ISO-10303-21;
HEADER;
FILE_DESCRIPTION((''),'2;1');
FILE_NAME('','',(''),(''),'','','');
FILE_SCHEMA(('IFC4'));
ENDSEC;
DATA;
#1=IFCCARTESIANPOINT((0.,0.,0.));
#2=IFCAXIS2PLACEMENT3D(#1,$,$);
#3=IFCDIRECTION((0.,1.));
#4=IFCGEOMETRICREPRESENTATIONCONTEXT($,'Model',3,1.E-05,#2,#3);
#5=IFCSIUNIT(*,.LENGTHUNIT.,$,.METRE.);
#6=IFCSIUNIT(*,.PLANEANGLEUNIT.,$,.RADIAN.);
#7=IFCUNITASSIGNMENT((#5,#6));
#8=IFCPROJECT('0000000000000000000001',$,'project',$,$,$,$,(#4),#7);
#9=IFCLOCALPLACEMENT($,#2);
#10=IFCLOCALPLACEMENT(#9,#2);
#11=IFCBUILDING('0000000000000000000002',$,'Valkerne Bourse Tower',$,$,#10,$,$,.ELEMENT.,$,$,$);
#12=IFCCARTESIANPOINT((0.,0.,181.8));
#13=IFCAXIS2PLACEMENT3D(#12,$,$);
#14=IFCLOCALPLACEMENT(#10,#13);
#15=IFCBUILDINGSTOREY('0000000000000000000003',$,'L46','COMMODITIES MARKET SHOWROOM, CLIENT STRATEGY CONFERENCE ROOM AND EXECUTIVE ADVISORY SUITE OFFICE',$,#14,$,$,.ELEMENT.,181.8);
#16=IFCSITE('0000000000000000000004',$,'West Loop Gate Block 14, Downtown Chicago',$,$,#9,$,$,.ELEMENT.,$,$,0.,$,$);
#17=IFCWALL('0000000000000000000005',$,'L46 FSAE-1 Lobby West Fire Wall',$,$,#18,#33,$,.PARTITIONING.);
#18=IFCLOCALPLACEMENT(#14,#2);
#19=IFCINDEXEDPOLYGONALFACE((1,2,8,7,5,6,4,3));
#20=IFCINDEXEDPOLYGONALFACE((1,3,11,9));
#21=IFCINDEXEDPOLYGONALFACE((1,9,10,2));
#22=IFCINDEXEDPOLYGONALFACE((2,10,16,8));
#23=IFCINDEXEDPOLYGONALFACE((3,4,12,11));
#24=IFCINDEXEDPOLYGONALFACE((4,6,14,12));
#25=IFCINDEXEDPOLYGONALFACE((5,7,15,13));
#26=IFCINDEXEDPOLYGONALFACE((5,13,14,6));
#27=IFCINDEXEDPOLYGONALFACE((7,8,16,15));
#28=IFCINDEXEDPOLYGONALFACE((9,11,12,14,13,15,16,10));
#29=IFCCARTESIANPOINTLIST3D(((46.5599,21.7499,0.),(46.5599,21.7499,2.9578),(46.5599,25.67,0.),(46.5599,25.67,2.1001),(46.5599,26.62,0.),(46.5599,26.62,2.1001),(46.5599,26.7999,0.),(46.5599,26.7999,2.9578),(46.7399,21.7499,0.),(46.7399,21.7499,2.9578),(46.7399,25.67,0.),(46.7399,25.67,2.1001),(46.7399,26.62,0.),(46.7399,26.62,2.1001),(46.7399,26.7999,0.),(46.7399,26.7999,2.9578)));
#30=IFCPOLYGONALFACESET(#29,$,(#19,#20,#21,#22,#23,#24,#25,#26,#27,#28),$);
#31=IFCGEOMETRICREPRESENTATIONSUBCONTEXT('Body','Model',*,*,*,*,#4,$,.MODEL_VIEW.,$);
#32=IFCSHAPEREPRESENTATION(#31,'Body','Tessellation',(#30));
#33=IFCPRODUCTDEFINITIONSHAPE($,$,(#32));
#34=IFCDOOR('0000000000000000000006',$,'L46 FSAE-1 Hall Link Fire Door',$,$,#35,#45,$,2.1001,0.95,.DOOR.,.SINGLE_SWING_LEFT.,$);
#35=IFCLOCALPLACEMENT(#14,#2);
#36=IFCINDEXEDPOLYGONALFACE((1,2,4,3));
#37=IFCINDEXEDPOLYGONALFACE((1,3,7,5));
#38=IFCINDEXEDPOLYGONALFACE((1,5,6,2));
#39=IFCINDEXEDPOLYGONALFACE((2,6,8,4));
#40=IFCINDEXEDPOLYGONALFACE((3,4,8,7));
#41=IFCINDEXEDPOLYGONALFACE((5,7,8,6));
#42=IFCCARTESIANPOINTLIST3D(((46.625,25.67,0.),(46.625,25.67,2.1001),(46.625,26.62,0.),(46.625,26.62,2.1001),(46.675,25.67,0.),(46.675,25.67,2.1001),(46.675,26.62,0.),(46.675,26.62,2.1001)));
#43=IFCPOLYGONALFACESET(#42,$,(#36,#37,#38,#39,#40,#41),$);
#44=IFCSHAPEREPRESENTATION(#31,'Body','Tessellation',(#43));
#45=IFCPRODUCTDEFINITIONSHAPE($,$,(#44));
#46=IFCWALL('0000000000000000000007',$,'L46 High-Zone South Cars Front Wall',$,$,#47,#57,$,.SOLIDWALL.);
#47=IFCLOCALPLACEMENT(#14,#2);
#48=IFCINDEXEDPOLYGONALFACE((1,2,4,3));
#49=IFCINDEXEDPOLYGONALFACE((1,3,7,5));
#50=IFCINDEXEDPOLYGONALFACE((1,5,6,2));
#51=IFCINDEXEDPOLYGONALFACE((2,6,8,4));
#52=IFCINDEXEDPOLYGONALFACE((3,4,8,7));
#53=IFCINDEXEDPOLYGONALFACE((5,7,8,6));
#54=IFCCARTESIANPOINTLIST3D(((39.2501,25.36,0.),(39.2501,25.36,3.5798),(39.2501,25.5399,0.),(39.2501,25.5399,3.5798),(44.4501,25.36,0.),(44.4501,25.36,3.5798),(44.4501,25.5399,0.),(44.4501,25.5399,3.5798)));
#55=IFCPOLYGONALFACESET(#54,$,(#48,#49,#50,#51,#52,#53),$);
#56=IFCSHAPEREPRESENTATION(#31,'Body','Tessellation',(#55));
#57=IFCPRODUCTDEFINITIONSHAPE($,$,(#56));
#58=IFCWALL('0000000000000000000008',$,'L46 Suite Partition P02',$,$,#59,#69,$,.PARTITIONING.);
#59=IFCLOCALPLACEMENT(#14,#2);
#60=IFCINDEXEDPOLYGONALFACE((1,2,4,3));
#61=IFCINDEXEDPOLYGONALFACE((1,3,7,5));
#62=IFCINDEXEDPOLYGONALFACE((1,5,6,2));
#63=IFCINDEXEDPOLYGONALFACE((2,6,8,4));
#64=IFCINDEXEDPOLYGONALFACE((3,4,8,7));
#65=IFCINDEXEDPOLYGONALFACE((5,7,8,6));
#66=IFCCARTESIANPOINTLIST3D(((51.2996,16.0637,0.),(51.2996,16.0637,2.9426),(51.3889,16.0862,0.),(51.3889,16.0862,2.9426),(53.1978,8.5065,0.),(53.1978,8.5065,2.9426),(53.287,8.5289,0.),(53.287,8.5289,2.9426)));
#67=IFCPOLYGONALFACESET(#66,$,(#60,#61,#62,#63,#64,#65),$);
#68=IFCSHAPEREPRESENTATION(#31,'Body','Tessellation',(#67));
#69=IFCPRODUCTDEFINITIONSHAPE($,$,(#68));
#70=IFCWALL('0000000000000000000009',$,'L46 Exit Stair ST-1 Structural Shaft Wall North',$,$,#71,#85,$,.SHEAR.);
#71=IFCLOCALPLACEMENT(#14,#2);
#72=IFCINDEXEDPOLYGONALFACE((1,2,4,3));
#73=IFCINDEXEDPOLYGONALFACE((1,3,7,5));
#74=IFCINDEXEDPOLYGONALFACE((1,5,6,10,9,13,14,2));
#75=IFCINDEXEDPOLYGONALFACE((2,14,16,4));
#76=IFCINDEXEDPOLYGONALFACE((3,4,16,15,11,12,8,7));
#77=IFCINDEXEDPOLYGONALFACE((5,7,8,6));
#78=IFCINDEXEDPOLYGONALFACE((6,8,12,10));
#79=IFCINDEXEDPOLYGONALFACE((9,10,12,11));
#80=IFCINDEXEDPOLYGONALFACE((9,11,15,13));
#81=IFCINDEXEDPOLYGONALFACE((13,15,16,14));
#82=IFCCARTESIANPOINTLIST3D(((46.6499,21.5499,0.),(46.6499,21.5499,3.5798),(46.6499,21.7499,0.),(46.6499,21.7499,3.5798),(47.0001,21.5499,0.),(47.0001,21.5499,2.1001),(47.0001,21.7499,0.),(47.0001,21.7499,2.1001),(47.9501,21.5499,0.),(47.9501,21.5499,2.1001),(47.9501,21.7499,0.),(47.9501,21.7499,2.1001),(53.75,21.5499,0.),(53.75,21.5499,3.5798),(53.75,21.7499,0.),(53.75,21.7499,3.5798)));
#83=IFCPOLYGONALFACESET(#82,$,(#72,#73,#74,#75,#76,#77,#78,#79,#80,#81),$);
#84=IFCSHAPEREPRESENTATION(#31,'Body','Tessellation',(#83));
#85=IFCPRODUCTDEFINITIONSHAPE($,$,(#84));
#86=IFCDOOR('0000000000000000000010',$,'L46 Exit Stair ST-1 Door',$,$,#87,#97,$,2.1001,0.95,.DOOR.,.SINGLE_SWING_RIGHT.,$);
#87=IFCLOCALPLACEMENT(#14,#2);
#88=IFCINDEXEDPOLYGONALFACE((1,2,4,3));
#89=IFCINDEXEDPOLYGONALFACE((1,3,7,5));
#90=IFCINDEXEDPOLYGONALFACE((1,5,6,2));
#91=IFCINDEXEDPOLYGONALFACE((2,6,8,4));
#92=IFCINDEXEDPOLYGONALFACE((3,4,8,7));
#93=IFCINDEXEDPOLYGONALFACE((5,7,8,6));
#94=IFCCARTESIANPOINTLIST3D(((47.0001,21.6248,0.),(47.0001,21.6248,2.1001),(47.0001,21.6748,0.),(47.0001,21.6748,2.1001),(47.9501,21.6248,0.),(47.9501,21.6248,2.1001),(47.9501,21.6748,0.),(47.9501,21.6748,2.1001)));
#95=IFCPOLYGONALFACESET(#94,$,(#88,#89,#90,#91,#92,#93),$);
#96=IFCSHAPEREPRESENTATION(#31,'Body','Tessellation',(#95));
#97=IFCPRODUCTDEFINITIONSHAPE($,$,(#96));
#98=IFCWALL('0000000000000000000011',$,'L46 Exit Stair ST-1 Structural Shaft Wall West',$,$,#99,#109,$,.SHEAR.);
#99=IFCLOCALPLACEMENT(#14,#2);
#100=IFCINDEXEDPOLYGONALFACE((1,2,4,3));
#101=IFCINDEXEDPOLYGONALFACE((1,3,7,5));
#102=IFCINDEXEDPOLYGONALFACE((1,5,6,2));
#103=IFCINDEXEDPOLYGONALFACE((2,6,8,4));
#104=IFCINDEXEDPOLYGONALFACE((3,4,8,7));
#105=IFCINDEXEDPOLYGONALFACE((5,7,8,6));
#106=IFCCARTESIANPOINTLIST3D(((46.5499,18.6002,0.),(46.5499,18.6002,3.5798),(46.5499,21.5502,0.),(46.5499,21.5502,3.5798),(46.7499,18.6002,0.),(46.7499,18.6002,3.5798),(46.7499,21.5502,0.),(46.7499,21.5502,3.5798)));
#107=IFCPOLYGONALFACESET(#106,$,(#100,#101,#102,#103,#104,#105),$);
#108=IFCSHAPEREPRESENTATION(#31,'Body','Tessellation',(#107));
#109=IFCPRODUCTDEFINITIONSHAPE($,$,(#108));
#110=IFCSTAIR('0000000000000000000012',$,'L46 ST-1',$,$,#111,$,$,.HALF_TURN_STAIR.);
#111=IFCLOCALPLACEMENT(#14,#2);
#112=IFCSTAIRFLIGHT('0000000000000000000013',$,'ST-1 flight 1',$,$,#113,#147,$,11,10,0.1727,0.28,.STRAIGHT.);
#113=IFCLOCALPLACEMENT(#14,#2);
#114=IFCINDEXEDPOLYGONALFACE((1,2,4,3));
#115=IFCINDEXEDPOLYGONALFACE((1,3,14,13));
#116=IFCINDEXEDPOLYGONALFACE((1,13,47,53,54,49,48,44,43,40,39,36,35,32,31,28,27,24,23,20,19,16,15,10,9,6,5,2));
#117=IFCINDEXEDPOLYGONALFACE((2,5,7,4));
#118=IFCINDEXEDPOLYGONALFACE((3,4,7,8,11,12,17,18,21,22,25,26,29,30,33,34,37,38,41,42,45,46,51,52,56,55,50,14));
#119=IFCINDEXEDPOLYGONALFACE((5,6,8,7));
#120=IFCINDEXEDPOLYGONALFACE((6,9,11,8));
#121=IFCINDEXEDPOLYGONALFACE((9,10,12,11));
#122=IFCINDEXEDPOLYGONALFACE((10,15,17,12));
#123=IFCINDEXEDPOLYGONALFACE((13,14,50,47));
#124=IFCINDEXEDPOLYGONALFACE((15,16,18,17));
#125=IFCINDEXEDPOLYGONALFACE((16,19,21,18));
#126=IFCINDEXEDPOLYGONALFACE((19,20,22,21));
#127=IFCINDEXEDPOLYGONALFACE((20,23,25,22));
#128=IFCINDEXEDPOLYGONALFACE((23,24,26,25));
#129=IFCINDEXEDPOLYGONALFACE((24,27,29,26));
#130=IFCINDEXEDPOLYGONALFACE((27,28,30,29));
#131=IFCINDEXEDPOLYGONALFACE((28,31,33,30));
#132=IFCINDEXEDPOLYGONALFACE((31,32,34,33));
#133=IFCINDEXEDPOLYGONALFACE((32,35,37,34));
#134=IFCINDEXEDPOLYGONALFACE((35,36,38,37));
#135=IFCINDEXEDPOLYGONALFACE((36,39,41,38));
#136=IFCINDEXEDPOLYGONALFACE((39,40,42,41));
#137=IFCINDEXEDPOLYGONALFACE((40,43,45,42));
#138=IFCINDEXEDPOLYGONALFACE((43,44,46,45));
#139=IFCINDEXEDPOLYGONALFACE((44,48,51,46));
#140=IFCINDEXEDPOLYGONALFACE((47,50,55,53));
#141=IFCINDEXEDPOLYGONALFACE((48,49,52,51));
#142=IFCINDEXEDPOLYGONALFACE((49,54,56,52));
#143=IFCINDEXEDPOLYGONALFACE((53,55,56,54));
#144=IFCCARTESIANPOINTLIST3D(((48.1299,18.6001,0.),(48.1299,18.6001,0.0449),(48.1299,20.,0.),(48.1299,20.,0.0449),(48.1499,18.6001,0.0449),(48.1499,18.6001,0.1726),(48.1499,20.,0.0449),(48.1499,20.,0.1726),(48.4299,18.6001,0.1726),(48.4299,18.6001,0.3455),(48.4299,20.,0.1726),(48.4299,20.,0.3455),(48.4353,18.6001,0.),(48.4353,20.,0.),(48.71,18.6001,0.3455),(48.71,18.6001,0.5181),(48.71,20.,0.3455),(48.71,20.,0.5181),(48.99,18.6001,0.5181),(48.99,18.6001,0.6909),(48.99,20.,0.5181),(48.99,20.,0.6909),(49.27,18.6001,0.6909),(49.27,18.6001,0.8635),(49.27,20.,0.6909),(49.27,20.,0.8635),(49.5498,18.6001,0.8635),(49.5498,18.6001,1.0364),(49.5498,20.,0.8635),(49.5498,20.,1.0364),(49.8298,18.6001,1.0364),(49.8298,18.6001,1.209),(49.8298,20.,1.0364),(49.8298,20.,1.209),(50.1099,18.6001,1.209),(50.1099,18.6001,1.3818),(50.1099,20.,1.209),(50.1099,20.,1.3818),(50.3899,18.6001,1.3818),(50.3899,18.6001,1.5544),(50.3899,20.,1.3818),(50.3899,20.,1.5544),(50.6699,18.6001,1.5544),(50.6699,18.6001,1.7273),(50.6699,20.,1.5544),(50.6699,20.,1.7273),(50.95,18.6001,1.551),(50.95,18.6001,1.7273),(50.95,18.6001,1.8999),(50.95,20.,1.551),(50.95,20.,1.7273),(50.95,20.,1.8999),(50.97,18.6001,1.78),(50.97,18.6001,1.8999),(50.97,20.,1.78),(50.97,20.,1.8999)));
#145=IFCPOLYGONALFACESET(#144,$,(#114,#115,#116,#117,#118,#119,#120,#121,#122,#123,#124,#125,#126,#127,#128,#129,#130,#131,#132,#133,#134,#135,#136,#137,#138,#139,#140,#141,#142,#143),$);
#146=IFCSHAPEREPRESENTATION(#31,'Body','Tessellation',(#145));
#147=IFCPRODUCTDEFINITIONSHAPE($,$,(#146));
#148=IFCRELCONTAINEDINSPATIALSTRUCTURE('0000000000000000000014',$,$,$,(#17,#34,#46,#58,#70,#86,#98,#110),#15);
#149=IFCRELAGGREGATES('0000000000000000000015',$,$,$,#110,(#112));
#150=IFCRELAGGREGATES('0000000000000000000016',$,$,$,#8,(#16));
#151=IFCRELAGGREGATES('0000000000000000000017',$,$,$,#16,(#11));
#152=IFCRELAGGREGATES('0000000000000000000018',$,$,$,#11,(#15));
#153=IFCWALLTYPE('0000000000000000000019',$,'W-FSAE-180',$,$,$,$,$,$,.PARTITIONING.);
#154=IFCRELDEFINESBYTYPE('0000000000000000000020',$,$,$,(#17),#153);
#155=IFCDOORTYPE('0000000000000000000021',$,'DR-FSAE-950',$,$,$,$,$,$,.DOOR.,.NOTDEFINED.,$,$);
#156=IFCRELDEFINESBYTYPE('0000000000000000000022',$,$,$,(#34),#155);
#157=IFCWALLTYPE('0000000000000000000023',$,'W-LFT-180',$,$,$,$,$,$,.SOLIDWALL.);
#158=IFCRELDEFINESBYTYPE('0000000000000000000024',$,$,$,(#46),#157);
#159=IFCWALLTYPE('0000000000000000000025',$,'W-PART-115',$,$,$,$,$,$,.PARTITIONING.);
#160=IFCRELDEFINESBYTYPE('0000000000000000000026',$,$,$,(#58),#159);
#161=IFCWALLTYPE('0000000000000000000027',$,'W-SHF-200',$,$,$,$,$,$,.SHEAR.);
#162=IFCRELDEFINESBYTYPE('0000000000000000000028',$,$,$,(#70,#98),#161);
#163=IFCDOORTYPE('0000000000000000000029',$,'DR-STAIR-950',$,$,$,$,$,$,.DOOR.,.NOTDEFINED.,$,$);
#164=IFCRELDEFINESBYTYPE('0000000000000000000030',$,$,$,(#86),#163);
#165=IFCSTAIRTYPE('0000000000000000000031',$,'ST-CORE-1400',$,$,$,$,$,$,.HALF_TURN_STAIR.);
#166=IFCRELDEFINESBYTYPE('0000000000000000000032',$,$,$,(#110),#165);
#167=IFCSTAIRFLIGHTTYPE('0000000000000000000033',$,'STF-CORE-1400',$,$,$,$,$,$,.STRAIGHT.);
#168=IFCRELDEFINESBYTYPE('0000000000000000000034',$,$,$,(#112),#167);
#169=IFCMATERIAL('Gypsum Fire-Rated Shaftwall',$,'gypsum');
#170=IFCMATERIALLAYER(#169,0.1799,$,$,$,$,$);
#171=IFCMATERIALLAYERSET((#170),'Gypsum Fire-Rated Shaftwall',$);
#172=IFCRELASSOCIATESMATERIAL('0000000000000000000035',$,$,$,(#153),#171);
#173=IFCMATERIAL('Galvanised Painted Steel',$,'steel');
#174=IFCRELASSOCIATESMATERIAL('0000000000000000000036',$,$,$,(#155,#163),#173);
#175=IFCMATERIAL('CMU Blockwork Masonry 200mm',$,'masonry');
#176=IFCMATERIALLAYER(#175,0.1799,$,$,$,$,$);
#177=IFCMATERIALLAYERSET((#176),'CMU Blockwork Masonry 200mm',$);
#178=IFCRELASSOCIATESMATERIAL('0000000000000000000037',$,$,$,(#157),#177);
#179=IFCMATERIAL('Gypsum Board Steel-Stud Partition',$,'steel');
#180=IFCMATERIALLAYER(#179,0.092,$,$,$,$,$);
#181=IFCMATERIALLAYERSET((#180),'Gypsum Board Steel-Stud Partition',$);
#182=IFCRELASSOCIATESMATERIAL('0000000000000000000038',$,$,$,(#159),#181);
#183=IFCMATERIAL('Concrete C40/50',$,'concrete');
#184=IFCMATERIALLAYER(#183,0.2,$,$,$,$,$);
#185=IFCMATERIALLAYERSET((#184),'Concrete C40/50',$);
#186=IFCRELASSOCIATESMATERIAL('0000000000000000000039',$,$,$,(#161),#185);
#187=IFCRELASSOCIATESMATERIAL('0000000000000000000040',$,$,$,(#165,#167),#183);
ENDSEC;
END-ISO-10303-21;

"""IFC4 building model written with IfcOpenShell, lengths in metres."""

from ifc_helpers import new_model, si_unit, direction, frame, frame_2d, origin, place, context, subcontext, project, spatial, polyline, rectangle, outline, extrude, material, layer, layer_set, type_object, element, fill, aggregate, save


model = new_model("IFC4")

# Units and contexts
model_context = context("Model", 3, precision=1e-05, world=origin(), true_north=direction((0.0, 1.0)))
body_context = subcontext(model_context, "Body", "Model", "MODEL_VIEW")
ifc_project = project(units=[si_unit("LENGTHUNIT", "METRE"), si_unit("PLANEANGLEUNIT", "RADIAN")], contexts=[model_context])

# Site, building, storey
site_placement = place(None, origin())
site = spatial("IfcSite", under=ifc_project, at=site_placement, Name="West Loop Gate Block 14, Downtown Chicago", CompositionType="ELEMENT", RefElevation=0.0)
building_placement = place(site_placement, origin())
building = spatial("IfcBuilding", under=site, at=building_placement, Name="Valkerne Bourse Tower", CompositionType="ELEMENT")
storey_placement = place(building_placement, frame((0.0, 0.0, 181.8)))
storey = spatial("IfcBuildingStorey", under=building, at=storey_placement, Name="L46", Description="COMMODITIES MARKET SHOWROOM, CLIENT STRATEGY CONFERENCE ROOM AND EXECUTIVE ADVISORY SUITE OFFICE", CompositionType="ELEMENT", Elevation=181.8)

# Wall, opening, door
ifc_material_1 = material(Name="Gypsum Board Steel-Stud Partition", Category="steel")
ifc_material_2 = material(Name="Galvanised Painted Steel", Category="steel")
ifc_material_3 = material(Name="Gypsum Fire-Rated Shaftwall", Category="gypsum")
ifc_layer_1 = layer(ifc_material_3, 0.1799)
ifc_layer_set_1 = layer_set([ifc_layer_1], Name="Gypsum Fire-Rated Shaftwall")
wall_type_1 = type_object("IfcWallType", Name="W-FSAE-180", PredefinedType="PARTITIONING", material=ifc_layer_set_1)
wall_1_placement = place(storey_placement, frame((46.6499, 21.75, 0.0), z_axis=(0.0, 0.0, 1.0), x_axis=(0.0, 1.0, 0.0)))
wall_1 = element("IfcWall", 1, at=wall_1_placement, inside=storey, type_object=wall_type_1, Name="L46 FSAE-1 Lobby West Fire Wall", PredefinedType="PARTITIONING", context=body_context, shape_type="SweptSolid", body=[
    extrude(rectangle(XDim=5.05, YDim=0.1799, at=frame_2d((2.5249, 0.0))), origin(), (0.0, 0.0, 1.0), 2.9578),
])
opening_1_placement = place(wall_1_placement, frame((3.9199, 0.0, 0.0)))
opening_1 = element("IfcOpeningElement", 2, at=opening_1_placement, cuts=wall_1, PredefinedType="OPENING", context=body_context, shape_type="SweptSolid", body=[
    extrude(rectangle(XDim=0.95, YDim=2.1001, at=frame_2d((0.4751, 1.05))), frame((0.0, 0.0999, 0.0), z_axis=(0.0, -1.0, 0.0), x_axis=(1.0, 0.0, 0.0)), (0.0, 0.0, 1.0), 0.2),
])
door_type_1 = type_object("IfcDoorType", Name="DR-FSAE-950", OperationType="NOTDEFINED", PredefinedType="DOOR", material=ifc_material_2)
door_1_placement = place(opening_1_placement, origin())
door_1 = element("IfcDoor", 3, at=door_1_placement, inside=storey, type_object=door_type_1, Name="L46 FSAE-1 Hall Link Fire Door", OperationType="SINGLE_SWING_LEFT", OverallHeight=2.1001, OverallWidth=0.95, PredefinedType="DOOR", context=body_context, shape_type="SweptSolid", body=[
    extrude(rectangle(XDim=0.95, YDim=2.1001, at=frame_2d((0.4751, 1.05))), frame((0.0, 0.0249, 0.0), z_axis=(0.0, -1.0, 0.0), x_axis=(1.0, 0.0, 0.0)), (0.0, 0.0, 1.0), 0.05),
])
fill(opening_1, door_1)

# Walls
ifc_material_4 = material(Name="CMU Blockwork Masonry 200mm", Category="masonry")
ifc_layer_2 = layer(ifc_material_4, 0.1799)
ifc_layer_set_2 = layer_set([ifc_layer_2], Name="CMU Blockwork Masonry 200mm")
wall_type_2 = type_object("IfcWallType", Name="W-LFT-180", PredefinedType="SOLIDWALL", material=ifc_layer_set_2)
wall_2_placement = place(storey_placement, frame((39.25, 25.45, 0.0), z_axis=(0.0, 0.0, 1.0), x_axis=(1.0, 0.0, 0.0)))
element("IfcWall", 4, at=wall_2_placement, inside=storey, type_object=wall_type_2, Name="L46 High-Zone South Cars Front Wall", PredefinedType="SOLIDWALL", context=body_context, shape_type="SweptSolid", body=[
    extrude(rectangle(XDim=5.2, YDim=0.1799, at=frame_2d((2.6001, 0.0))), origin(), (0.0, 0.0, 1.0), 3.5798),
])
ifc_layer_3 = layer(ifc_material_1, 0.092)
ifc_layer_set_3 = layer_set([ifc_layer_3], Name="Gypsum Board Steel-Stud Partition")
wall_type_3 = type_object("IfcWallType", Name="W-PART-115", PredefinedType="PARTITIONING", material=ifc_layer_set_3)
wall_3_placement = place(storey_placement, frame((51.3442, 16.075, 0.0), z_axis=(0.0, 0.0, 1.0), x_axis=(0.243604, -0.969875, 0.0)))
element("IfcWall", 5, at=wall_3_placement, inside=storey, type_object=wall_type_3, Name="L46 Suite Partition P02", PredefinedType="PARTITIONING", context=body_context, shape_type="SweptSolid", body=[
    extrude(rectangle(XDim=7.792, YDim=0.092, at=frame_2d((3.896, 0.0))), origin(), (0.0, 0.0, 1.0), 2.9426),
])

# Wall, opening, door
ifc_material_5 = material(Name="Concrete C40/50", Category="concrete")
ifc_layer_4 = layer(ifc_material_5, 0.2)
ifc_layer_set_4 = layer_set([ifc_layer_4], Name="Concrete C40/50")
wall_type_4 = type_object("IfcWallType", Name="W-SHF-200", PredefinedType="SHEAR", material=ifc_layer_set_4)
wall_4_placement = place(storey_placement, frame((46.6499, 21.6499, 0.0), z_axis=(0.0, 0.0, 1.0), x_axis=(1.0, 0.0, 0.0)))
wall_4 = element("IfcWall", 6, at=wall_4_placement, inside=storey, type_object=wall_type_4, Name="L46 Exit Stair ST-1 Structural Shaft Wall North", PredefinedType="SHEAR", context=body_context, shape_type="SweptSolid", body=[
    extrude(rectangle(XDim=7.1001, YDim=0.2, at=frame_2d((3.55, 0.0))), origin(), (0.0, 0.0, 1.0), 3.5798),
])
opening_2_placement = place(wall_4_placement, frame((0.3501, 0.0, 0.0)))
opening_2 = element("IfcOpeningElement", 7, at=opening_2_placement, cuts=wall_4, PredefinedType="OPENING", context=body_context, shape_type="SweptSolid", body=[
    extrude(rectangle(XDim=0.95, YDim=2.1001, at=frame_2d((0.4751, 1.05))), frame((0.0, 0.1099, 0.0), z_axis=(0.0, -1.0, 0.0), x_axis=(1.0, 0.0, 0.0)), (0.0, 0.0, 1.0), 0.22),
])
door_type_2 = type_object("IfcDoorType", Name="DR-STAIR-950", OperationType="NOTDEFINED", PredefinedType="DOOR", material=ifc_material_2)
door_2_placement = place(opening_2_placement, origin())
door_2 = element("IfcDoor", 8, at=door_2_placement, inside=storey, type_object=door_type_2, Name="L46 Exit Stair ST-1 Door", OperationType="SINGLE_SWING_RIGHT", OverallHeight=2.1001, OverallWidth=0.95, PredefinedType="DOOR", context=body_context, shape_type="SweptSolid", body=[
    extrude(rectangle(XDim=0.95, YDim=2.1001, at=frame_2d((0.4751, 1.05))), frame((0.0, 0.0249, 0.0), z_axis=(0.0, -1.0, 0.0), x_axis=(1.0, 0.0, 0.0)), (0.0, 0.0, 1.0), 0.05),
])
fill(opening_2, door_2)

# Wall
wall_5_placement = place(storey_placement, frame((46.6499, 18.6001, 0.0), z_axis=(0.0, 0.0, 1.0), x_axis=(0.0, 1.0, 0.0)))
element("IfcWall", 9, at=wall_5_placement, inside=storey, type_object=wall_type_4, Name="L46 Exit Stair ST-1 Structural Shaft Wall West", PredefinedType="SHEAR", context=body_context, shape_type="SweptSolid", body=[
    extrude(rectangle(XDim=2.95, YDim=0.2, at=frame_2d((1.4751, 0.0))), origin(), (0.0, 0.0, 1.0), 3.5798),
])

# Stair, stair flight
stair_type = type_object("IfcStairType", Name="ST-CORE-1400", PredefinedType="HALF_TURN_STAIR", material=ifc_material_5)
stair_placement = place(storey_placement, origin())
stair = element("IfcStair", 10, at=stair_placement, inside=storey, type_object=stair_type, Name="L46 ST-1", PredefinedType="HALF_TURN_STAIR")
stair_flight_type = type_object("IfcStairFlightType", Name="STF-CORE-1400", PredefinedType="STRAIGHT", material=ifc_material_5)
stair_flight_1_placement = place(storey_placement, frame((48.1499, 19.3, 0.0), z_axis=(0.0, 0.0, 1.0), x_axis=(1.0, 0.0, 0.0)))
stair_flight_1 = element("IfcStairFlight", 11, at=stair_flight_1_placement, type_object=stair_flight_type, Name="ST-1 flight 1", NumberOfRisers=11, NumberOfTreads=10, PredefinedType="STRAIGHT", RiserHeight=0.1727, TreadLength=0.28, context=body_context, shape_type="SweptSolid", body=[
    extrude(outline(polyline([(-0.02, 0.0), (-0.02, 0.0449), (0.0, 0.0449), (0.0, 0.1726), (0.28, 0.1726), (0.28, 0.3455), (0.5601, 0.3455), (0.5601, 0.5181), (0.8401, 0.5181), (0.8401, 0.6909), (1.1201, 0.6909), (1.1201, 0.8635), (1.3999, 0.8635), (1.3999, 1.0364), (1.6799, 1.0364), (1.6799, 1.209), (1.96, 1.209), (1.96, 1.3818), (2.24, 1.3818), (2.24, 1.5544), (2.52, 1.5544), (2.52, 1.7273), (2.8, 1.7273), (2.8, 1.8999), (2.8201, 1.8999), (2.8201, 1.78), (2.8, 1.551), (0.2854, 0.0), (-0.02, 0.0)])), frame((0.0, 0.7, 0.0), z_axis=(0.0, -1.0, 0.0), x_axis=(1.0, 0.0, 0.0)), (0.0, 0.0, 1.0), 1.3999),
])
aggregate(stair, [stair_flight_1])

save(model, "model.ifc")
